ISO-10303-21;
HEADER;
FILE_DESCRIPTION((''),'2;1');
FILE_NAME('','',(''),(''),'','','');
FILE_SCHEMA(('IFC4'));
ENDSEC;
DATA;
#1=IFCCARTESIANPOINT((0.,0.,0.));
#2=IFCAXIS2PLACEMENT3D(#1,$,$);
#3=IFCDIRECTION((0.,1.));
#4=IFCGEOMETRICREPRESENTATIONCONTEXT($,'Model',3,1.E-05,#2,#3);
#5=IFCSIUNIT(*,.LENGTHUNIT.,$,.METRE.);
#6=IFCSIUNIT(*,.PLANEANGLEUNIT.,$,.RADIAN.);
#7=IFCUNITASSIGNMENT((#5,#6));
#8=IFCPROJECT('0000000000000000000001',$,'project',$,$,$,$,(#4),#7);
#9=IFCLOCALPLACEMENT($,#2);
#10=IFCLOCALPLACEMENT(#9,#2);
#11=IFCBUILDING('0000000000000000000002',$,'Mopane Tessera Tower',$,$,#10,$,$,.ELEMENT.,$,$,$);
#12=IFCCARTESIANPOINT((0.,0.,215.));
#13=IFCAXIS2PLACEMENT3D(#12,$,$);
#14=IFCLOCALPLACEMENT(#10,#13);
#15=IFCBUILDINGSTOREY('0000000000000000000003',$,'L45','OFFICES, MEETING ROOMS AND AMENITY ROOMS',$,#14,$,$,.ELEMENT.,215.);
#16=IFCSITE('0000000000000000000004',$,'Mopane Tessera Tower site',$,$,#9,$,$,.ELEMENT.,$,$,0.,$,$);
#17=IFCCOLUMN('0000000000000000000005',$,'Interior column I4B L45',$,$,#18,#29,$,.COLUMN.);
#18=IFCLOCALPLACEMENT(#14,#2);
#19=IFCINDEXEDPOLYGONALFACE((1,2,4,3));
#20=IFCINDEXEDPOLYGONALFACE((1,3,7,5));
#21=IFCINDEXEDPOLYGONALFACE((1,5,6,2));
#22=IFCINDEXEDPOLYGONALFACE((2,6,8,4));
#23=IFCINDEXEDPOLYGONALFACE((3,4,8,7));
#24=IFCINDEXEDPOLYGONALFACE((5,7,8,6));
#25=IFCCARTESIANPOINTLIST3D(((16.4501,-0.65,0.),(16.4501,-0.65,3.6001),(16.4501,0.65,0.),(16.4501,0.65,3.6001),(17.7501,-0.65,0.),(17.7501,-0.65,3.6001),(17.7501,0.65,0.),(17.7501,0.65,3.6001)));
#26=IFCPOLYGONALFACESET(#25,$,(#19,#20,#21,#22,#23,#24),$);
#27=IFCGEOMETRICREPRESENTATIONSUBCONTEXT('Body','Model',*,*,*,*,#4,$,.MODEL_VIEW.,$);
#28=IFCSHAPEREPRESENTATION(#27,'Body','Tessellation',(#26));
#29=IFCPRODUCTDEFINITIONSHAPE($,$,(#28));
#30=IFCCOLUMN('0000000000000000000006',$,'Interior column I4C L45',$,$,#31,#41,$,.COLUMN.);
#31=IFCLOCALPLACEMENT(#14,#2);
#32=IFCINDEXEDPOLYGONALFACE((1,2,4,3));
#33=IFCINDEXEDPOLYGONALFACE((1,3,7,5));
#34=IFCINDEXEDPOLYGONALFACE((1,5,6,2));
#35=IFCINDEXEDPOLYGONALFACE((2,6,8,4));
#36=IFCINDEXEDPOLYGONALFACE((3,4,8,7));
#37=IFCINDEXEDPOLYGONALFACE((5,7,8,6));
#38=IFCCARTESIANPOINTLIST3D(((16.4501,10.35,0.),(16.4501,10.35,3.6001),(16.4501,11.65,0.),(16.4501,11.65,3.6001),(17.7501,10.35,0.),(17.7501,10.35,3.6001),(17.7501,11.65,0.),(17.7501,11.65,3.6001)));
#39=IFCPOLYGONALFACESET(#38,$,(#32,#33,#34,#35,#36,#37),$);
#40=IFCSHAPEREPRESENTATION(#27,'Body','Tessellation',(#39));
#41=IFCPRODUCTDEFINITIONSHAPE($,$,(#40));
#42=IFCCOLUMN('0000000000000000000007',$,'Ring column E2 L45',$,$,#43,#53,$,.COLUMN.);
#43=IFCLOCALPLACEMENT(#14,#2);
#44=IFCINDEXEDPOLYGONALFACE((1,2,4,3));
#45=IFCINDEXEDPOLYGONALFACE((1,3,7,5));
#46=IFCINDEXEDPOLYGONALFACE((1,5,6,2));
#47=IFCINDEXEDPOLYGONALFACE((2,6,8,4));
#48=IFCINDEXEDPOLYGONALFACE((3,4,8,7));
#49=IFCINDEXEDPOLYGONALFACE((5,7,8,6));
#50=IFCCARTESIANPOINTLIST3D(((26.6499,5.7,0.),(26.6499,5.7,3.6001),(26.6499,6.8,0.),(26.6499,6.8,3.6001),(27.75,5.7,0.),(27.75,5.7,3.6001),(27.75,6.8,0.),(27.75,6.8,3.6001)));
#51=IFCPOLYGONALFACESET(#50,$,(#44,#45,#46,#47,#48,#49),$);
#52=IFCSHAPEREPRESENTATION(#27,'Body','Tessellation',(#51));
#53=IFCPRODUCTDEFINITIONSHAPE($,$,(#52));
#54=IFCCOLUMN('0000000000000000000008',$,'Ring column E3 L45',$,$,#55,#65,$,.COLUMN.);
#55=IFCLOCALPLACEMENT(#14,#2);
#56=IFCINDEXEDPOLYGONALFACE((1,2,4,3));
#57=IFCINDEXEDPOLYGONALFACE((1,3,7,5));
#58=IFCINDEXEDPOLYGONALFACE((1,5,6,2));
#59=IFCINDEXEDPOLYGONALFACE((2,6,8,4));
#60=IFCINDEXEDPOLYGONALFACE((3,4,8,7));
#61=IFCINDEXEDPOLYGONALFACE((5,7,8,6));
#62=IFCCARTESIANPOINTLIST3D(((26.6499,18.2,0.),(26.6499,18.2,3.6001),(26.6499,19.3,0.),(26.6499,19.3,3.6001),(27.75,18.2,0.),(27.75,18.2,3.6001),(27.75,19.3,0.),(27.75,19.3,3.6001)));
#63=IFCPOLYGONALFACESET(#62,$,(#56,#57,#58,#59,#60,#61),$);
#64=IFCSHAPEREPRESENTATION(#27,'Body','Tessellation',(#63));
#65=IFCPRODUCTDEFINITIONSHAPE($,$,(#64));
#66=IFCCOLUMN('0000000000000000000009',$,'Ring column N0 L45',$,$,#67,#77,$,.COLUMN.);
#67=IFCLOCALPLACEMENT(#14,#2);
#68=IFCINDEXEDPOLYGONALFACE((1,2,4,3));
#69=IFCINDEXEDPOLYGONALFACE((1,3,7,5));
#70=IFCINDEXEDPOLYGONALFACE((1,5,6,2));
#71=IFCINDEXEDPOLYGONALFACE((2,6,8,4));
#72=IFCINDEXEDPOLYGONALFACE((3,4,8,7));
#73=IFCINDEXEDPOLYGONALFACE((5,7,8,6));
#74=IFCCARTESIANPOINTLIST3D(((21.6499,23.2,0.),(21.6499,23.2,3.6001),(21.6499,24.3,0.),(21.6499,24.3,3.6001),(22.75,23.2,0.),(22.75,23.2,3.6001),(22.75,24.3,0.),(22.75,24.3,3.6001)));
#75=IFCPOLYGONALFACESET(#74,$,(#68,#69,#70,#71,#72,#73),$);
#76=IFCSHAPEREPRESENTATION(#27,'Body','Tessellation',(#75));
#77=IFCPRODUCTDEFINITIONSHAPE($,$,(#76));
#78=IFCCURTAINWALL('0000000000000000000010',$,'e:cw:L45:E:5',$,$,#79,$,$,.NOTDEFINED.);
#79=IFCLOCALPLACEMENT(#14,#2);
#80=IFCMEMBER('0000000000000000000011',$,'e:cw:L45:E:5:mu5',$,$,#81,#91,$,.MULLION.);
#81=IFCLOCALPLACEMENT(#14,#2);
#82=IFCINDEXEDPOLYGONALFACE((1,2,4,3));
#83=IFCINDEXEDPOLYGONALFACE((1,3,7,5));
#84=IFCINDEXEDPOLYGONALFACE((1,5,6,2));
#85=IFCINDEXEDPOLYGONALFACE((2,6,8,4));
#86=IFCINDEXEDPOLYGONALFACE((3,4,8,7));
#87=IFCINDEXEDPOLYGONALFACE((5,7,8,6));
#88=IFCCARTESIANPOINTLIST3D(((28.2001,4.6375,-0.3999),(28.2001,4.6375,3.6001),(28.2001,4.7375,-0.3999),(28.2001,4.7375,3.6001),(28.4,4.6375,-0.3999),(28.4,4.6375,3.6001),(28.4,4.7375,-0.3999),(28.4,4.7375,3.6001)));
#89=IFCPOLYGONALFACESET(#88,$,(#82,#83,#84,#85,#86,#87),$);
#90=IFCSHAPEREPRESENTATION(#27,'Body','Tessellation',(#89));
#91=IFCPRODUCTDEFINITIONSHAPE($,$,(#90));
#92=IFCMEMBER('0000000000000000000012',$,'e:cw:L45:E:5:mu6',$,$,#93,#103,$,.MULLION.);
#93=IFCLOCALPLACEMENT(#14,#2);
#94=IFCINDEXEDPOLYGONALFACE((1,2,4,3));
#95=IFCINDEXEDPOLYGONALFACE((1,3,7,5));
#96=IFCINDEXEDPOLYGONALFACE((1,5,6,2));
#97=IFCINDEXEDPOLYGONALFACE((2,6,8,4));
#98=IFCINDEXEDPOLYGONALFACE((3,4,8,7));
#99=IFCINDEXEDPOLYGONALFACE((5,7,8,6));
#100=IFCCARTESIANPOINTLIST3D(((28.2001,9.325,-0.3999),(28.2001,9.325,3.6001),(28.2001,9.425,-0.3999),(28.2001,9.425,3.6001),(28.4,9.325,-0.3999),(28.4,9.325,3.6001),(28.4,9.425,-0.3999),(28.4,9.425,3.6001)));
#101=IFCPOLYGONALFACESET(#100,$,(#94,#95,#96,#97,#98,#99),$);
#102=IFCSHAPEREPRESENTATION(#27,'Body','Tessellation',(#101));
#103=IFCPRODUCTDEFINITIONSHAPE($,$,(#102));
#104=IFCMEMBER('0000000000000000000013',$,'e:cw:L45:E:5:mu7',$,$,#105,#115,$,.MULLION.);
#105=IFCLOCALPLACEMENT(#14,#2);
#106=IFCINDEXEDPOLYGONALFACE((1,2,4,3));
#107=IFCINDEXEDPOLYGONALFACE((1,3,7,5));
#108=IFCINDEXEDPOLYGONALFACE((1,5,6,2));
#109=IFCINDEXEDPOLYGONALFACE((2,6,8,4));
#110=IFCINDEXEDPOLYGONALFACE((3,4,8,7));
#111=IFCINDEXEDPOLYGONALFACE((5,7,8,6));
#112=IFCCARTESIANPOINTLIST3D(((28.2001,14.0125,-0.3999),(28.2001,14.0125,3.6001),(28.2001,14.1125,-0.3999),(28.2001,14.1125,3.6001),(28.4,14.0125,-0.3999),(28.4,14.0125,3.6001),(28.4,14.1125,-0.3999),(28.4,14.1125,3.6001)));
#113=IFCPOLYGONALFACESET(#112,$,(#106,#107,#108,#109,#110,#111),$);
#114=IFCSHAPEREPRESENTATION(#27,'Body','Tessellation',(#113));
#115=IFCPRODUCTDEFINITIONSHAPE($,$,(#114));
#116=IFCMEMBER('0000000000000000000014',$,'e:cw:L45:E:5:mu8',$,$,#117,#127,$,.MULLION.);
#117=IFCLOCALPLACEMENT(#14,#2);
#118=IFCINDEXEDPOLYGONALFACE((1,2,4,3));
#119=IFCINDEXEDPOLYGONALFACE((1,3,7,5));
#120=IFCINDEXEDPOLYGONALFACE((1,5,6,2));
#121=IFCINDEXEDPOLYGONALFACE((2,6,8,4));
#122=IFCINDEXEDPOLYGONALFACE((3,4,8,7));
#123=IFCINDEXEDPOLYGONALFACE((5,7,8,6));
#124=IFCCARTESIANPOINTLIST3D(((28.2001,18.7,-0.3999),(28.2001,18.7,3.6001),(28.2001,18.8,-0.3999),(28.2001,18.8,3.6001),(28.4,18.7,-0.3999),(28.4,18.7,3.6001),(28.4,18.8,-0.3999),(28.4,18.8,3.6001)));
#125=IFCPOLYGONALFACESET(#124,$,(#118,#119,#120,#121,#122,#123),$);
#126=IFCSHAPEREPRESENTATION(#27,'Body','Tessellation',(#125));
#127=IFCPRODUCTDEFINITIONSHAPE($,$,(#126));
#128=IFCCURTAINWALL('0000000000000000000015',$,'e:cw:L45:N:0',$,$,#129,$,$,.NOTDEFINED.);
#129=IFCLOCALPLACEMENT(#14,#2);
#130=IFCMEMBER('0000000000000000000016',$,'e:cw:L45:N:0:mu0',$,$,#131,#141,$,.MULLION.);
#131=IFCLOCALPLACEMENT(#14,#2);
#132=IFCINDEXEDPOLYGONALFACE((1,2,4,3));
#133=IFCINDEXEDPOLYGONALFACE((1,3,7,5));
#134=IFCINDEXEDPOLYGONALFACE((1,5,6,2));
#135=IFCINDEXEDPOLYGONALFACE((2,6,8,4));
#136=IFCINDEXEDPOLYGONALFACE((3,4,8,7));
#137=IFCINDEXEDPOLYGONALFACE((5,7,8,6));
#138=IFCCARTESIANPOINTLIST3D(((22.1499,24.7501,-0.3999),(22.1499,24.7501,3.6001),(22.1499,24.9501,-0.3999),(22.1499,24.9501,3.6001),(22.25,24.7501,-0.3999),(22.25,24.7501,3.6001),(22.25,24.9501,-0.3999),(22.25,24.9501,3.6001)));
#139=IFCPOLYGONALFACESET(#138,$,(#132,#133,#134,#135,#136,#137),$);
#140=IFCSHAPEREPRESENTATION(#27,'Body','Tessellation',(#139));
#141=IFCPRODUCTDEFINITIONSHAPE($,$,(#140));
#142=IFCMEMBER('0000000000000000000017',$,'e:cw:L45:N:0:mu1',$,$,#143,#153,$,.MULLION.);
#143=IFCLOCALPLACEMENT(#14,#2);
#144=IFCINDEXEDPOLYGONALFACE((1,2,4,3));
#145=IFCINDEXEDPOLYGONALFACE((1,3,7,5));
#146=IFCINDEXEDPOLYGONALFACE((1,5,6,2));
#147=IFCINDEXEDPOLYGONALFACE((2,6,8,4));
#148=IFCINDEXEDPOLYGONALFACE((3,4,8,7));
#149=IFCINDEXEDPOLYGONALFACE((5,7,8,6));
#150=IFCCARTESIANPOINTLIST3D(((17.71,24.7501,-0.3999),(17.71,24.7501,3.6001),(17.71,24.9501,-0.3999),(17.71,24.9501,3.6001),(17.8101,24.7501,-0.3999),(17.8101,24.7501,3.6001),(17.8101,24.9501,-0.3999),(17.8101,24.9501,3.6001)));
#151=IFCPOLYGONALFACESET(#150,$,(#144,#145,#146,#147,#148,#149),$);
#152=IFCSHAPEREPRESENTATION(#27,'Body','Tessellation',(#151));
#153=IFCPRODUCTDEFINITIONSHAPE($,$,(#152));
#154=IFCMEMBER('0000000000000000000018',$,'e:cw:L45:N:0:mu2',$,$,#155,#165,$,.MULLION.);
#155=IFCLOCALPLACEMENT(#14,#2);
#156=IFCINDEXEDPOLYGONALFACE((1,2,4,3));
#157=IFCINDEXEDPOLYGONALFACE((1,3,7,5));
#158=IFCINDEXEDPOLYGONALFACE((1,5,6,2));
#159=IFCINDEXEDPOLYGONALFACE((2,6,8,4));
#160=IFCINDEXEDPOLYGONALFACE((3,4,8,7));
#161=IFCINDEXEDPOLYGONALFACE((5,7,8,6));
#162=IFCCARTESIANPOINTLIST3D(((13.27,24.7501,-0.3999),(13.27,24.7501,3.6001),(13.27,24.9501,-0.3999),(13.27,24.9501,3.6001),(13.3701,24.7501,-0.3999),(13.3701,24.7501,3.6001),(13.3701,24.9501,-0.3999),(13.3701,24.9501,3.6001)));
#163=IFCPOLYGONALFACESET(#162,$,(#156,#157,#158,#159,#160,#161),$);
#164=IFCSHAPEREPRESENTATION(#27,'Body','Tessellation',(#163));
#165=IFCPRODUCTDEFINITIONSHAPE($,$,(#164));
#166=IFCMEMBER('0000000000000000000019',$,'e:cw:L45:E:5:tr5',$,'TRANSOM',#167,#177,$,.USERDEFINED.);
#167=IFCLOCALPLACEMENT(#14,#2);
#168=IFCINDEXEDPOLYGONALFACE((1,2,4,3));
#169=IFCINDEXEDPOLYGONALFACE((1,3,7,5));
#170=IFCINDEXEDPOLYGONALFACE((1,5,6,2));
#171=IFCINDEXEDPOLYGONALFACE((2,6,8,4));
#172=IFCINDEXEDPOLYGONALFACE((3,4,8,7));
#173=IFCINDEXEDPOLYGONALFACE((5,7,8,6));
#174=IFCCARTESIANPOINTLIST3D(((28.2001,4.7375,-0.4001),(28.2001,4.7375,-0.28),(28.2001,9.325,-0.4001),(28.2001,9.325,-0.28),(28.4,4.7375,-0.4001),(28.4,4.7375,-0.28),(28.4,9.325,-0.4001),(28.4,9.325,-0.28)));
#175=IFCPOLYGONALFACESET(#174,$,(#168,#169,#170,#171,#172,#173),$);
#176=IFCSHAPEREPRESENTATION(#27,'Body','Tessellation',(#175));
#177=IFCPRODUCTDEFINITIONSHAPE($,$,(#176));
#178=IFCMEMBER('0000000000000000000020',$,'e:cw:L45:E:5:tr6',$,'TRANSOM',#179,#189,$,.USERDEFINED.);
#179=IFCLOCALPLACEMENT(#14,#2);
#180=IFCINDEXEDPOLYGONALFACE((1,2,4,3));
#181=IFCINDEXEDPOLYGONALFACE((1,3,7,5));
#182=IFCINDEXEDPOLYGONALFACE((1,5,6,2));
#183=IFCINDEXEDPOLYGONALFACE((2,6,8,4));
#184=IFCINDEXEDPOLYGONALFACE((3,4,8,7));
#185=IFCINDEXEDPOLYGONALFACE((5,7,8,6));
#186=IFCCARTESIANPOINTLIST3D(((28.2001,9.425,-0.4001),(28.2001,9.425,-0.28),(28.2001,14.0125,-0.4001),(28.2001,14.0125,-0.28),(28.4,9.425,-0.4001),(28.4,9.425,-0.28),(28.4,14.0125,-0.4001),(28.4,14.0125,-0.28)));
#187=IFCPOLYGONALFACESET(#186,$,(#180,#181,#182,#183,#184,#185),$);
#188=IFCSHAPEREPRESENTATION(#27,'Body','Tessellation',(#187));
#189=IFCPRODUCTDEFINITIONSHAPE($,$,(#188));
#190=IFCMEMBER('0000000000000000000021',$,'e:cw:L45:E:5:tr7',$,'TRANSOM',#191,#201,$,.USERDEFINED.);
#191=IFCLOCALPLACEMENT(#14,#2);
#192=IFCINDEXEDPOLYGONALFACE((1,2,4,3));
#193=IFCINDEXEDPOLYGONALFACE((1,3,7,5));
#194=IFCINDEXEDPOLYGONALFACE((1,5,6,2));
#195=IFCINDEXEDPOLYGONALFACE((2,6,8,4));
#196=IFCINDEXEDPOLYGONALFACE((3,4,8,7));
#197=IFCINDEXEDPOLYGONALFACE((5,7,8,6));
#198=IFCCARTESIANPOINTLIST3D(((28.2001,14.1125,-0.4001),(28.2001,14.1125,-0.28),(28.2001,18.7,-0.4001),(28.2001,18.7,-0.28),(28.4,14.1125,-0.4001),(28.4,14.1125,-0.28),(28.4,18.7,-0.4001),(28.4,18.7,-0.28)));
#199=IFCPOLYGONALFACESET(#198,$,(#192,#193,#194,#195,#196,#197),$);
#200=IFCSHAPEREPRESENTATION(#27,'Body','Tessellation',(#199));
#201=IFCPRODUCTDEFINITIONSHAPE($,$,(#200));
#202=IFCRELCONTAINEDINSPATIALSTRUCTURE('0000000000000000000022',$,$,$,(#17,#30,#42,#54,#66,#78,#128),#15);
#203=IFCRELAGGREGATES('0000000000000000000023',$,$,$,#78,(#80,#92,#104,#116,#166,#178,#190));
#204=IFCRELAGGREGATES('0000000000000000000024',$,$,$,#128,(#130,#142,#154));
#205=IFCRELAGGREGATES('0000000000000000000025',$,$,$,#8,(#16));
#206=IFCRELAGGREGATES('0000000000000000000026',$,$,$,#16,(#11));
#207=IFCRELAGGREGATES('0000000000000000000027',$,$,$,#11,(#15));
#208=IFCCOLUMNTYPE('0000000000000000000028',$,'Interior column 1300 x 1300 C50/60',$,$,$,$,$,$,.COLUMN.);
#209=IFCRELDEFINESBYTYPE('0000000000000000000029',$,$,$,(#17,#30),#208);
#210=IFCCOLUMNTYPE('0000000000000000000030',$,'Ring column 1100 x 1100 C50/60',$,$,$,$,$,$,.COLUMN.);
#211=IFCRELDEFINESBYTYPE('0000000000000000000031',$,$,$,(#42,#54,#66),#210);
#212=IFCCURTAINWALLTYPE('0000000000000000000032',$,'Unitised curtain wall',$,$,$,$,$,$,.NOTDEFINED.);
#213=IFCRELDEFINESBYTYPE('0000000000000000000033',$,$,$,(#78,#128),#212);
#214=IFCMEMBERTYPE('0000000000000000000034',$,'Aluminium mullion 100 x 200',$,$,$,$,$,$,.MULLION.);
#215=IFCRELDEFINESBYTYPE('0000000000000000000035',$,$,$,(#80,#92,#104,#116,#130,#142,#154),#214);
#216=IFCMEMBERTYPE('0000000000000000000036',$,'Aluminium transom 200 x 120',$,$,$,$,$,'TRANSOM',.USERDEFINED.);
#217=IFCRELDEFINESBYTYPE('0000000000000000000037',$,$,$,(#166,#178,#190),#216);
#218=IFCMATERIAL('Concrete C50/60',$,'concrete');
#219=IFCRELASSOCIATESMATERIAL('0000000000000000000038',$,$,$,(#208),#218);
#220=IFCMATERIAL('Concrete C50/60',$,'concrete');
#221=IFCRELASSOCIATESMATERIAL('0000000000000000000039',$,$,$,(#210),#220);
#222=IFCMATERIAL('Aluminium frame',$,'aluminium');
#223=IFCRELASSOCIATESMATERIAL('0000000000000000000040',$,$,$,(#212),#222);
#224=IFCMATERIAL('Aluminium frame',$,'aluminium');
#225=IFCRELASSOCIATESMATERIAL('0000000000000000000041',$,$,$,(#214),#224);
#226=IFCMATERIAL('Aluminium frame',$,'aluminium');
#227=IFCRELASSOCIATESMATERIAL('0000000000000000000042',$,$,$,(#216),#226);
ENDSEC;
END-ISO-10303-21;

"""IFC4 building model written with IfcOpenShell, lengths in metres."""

from ifc_helpers import new_model, si_unit, direction, frame, origin, origin_2d, place, context, subcontext, project, spatial, rectangle, extrude, material, material_profile, profile_set, type_object, element, aggregate, save


model = new_model("IFC4")

# Units and contexts
model_context = context("Model", 3, precision=1e-05, world=origin(), true_north=direction((0.0, 1.0)))
body_context = subcontext(model_context, "Body", "Model", "MODEL_VIEW")
ifc_project = project(units=[si_unit("LENGTHUNIT", "METRE"), si_unit("PLANEANGLEUNIT", "RADIAN")], contexts=[model_context])

# Site, building, storey
site_placement = place(None, origin())
site = spatial("IfcSite", under=ifc_project, at=site_placement, Name="Mopane Tessera Tower site", CompositionType="ELEMENT", RefElevation=0.0)
building_placement = place(site_placement, origin())
building = spatial("IfcBuilding", under=site, at=building_placement, Name="Mopane Tessera Tower", CompositionType="ELEMENT")
storey_placement = place(building_placement, frame((0.0, 0.0, 215.0)))
storey = spatial("IfcBuildingStorey", under=building, at=storey_placement, Name="L45", Description="OFFICES, MEETING ROOMS AND AMENITY ROOMS", CompositionType="ELEMENT", Elevation=215.0)

# Columns
ifc_material_1 = material(Name="Concrete C50/60", Category="concrete")
ifc_material_profile_1 = material_profile(ifc_material_1, rectangle(XDim=1.3, YDim=1.3, at=origin_2d()))
ifc_profile_set_1 = profile_set([ifc_material_profile_1], Name="Concrete C50/60")
column_type_1 = type_object("IfcColumnType", Name="Interior column 1300 x 1300 C50/60", PredefinedType="COLUMN", material=ifc_profile_set_1)
for number, where, z_axis, x_axis, name in (
    (1, (17.1001, 0.0, 0.0), (0.0, 0.0, 1.0), (1.0, 0.0, 0.0), "Interior column I4B L45"),
    (2, (17.1001, 11.0, 0.0), (0.0, 0.0, 1.0), (1.0, 0.0, 0.0), "Interior column I4C L45"),
):
    element("IfcColumn", number, at=place(storey_placement, frame(where, z_axis=z_axis, x_axis=x_axis)), inside=storey, type_object=column_type_1, Name=name, PredefinedType="COLUMN", context=body_context, shape_type="SweptSolid", body=[
        extrude(rectangle(XDim=1.3, YDim=1.3, at=origin_2d()), origin(), (0.0, 0.0, 1.0), 3.6001),
    ])
ifc_material_2 = material(Name="Concrete C50/60", Category="concrete")
ifc_material_profile_2 = material_profile(ifc_material_2, rectangle(XDim=1.1001, YDim=1.1001, at=origin_2d()))
ifc_profile_set_2 = profile_set([ifc_material_profile_2], Name="Concrete C50/60")
column_type_2 = type_object("IfcColumnType", Name="Ring column 1100 x 1100 C50/60", PredefinedType="COLUMN", material=ifc_profile_set_2)
for number, where, z_axis, x_axis, name in (
    (3, (27.2, 6.25, 0.0), (0.0, 0.0, 1.0), (1.0, 0.0, 0.0), "Ring column E2 L45"),
    (4, (27.2, 18.75, 0.0), (0.0, 0.0, 1.0), (1.0, 0.0, 0.0), "Ring column E3 L45"),
    (5, (22.2, 23.75, 0.0), (0.0, 0.0, 1.0), (1.0, 0.0, 0.0), "Ring column N0 L45"),
):
    element("IfcColumn", number, at=place(storey_placement, frame(where, z_axis=z_axis, x_axis=x_axis)), inside=storey, type_object=column_type_2, Name=name, PredefinedType="COLUMN", context=body_context, shape_type="SweptSolid", body=[
        extrude(rectangle(XDim=1.1001, YDim=1.1001, at=origin_2d()), origin(), (0.0, 0.0, 1.0), 3.6001),
    ])

# Curtain walls, members
ifc_material_3 = material(Name="Aluminium frame", Category="aluminium")
curtain_wall_type = type_object("IfcCurtainWallType", Name="Unitised curtain wall", PredefinedType="NOTDEFINED", material=ifc_material_3)
curtain_wall_1_placement = place(storey_placement, origin())
curtain_wall_1 = element("IfcCurtainWall", 6, at=curtain_wall_1_placement, inside=storey, type_object=curtain_wall_type, Name="e:cw:L45:E:5", PredefinedType="NOTDEFINED")
ifc_material_4 = material(Name="Aluminium frame", Category="aluminium")
ifc_material_profile_3 = material_profile(ifc_material_4, rectangle(XDim=0.1001, YDim=0.2, at=origin_2d()))
ifc_profile_set_3 = profile_set([ifc_material_profile_3], Name="Aluminium frame")
member_type_1 = type_object("IfcMemberType", Name="Aluminium mullion 100 x 200", PredefinedType="MULLION", material=ifc_profile_set_3)
member_1_placement = place(storey_placement, frame((28.3, 4.6875, -0.3999), z_axis=(0.0, 0.0, 1.0), x_axis=(0.0, 1.0, 0.0)))
member_1 = element("IfcMember", 7, at=member_1_placement, type_object=member_type_1, Name="e:cw:L45:E:5:mu5", PredefinedType="MULLION", context=body_context, shape_type="SweptSolid", body=[
    extrude(rectangle(XDim=0.1001, YDim=0.2, at=origin_2d()), origin(), (0.0, 0.0, 1.0), 4.0),
])
member_2_placement = place(storey_placement, frame((28.3, 9.375, -0.3999), z_axis=(0.0, 0.0, 1.0), x_axis=(0.0, 1.0, 0.0)))
member_2 = element("IfcMember", 8, at=member_2_placement, type_object=member_type_1, Name="e:cw:L45:E:5:mu6", PredefinedType="MULLION", context=body_context, shape_type="SweptSolid", body=[
    extrude(rectangle(XDim=0.1001, YDim=0.2, at=origin_2d()), origin(), (0.0, 0.0, 1.0), 4.0),
])
member_3_placement = place(storey_placement, frame((28.3, 14.0625, -0.3999), z_axis=(0.0, 0.0, 1.0), x_axis=(0.0, 1.0, 0.0)))
member_3 = element("IfcMember", 9, at=member_3_placement, type_object=member_type_1, Name="e:cw:L45:E:5:mu7", PredefinedType="MULLION", context=body_context, shape_type="SweptSolid", body=[
    extrude(rectangle(XDim=0.1001, YDim=0.2, at=origin_2d()), origin(), (0.0, 0.0, 1.0), 4.0),
])
member_4_placement = place(storey_placement, frame((28.3, 18.75, -0.3999), z_axis=(0.0, 0.0, 1.0), x_axis=(0.0, 1.0, 0.0)))
member_4 = element("IfcMember", 10, at=member_4_placement, type_object=member_type_1, Name="e:cw:L45:E:5:mu8", PredefinedType="MULLION", context=body_context, shape_type="SweptSolid", body=[
    extrude(rectangle(XDim=0.1001, YDim=0.2, at=origin_2d()), origin(), (0.0, 0.0, 1.0), 4.0),
])
curtain_wall_2_placement = place(storey_placement, origin())
curtain_wall_2 = element("IfcCurtainWall", 11, at=curtain_wall_2_placement, inside=storey, type_object=curtain_wall_type, Name="e:cw:L45:N:0", PredefinedType="NOTDEFINED")
member_5_placement = place(storey_placement, frame((22.2, 24.8501, -0.3999), z_axis=(0.0, 0.0, 1.0), x_axis=(-1.0, 0.0, 0.0)))
member_5 = element("IfcMember", 12, at=member_5_placement, type_object=member_type_1, Name="e:cw:L45:N:0:mu0", PredefinedType="MULLION", context=body_context, shape_type="SweptSolid", body=[
    extrude(rectangle(XDim=0.1001, YDim=0.2, at=origin_2d()), origin(), (0.0, 0.0, 1.0), 4.0),
])
member_6_placement = place(storey_placement, frame((17.76, 24.8501, -0.3999), z_axis=(0.0, 0.0, 1.0), x_axis=(-1.0, 0.0, 0.0)))
member_6 = element("IfcMember", 13, at=member_6_placement, type_object=member_type_1, Name="e:cw:L45:N:0:mu1", PredefinedType="MULLION", context=body_context, shape_type="SweptSolid", body=[
    extrude(rectangle(XDim=0.1001, YDim=0.2, at=origin_2d()), origin(), (0.0, 0.0, 1.0), 4.0),
])
member_7_placement = place(storey_placement, frame((13.3201, 24.8501, -0.3999), z_axis=(0.0, 0.0, 1.0), x_axis=(-1.0, 0.0, 0.0)))
member_7 = element("IfcMember", 14, at=member_7_placement, type_object=member_type_1, Name="e:cw:L45:N:0:mu2", PredefinedType="MULLION", context=body_context, shape_type="SweptSolid", body=[
    extrude(rectangle(XDim=0.1001, YDim=0.2, at=origin_2d()), origin(), (0.0, 0.0, 1.0), 4.0),
])

# Members
ifc_material_5 = material(Name="Aluminium frame", Category="aluminium")
ifc_material_profile_4 = material_profile(ifc_material_5, rectangle(XDim=0.2, YDim=0.1201, at=origin_2d()))
ifc_profile_set_4 = profile_set([ifc_material_profile_4], Name="Aluminium frame")
member_type_2 = type_object("IfcMemberType", Name="Aluminium transom 200 x 120", ElementType="TRANSOM", PredefinedType="USERDEFINED", material=ifc_profile_set_4)
member_8_placement = place(storey_placement, frame((28.3, 4.7375, -0.3401), z_axis=(0.0, 1.0, 0.0), x_axis=(-1.0, 0.0, 0.0)))
member_8 = element("IfcMember", 15, at=member_8_placement, type_object=member_type_2, Name="e:cw:L45:E:5:tr5", ObjectType="TRANSOM", PredefinedType="USERDEFINED", context=body_context, shape_type="SweptSolid", body=[
    extrude(rectangle(XDim=0.2, YDim=0.1201, at=origin_2d()), origin(), (0.0, 0.0, 1.0), 4.5874),
])
member_9_placement = place(storey_placement, frame((28.3, 9.425, -0.3401), z_axis=(0.0, 1.0, 0.0), x_axis=(-1.0, 0.0, 0.0)))
member_9 = element("IfcMember", 16, at=member_9_placement, type_object=member_type_2, Name="e:cw:L45:E:5:tr6", ObjectType="TRANSOM", PredefinedType="USERDEFINED", context=body_context, shape_type="SweptSolid", body=[
    extrude(rectangle(XDim=0.2, YDim=0.1201, at=origin_2d()), origin(), (0.0, 0.0, 1.0), 4.5874),
])
member_10_placement = place(storey_placement, frame((28.3, 14.1125, -0.3401), z_axis=(0.0, 1.0, 0.0), x_axis=(-1.0, 0.0, 0.0)))
member_10 = element("IfcMember", 17, at=member_10_placement, type_object=member_type_2, Name="e:cw:L45:E:5:tr7", ObjectType="TRANSOM", PredefinedType="USERDEFINED", context=body_context, shape_type="SweptSolid", body=[
    extrude(rectangle(XDim=0.2, YDim=0.1201, at=origin_2d()), origin(), (0.0, 0.0, 1.0), 4.5874),
])

aggregate(curtain_wall_1, [member_1, member_2, member_3, member_4, member_8, member_9, member_10])
aggregate(curtain_wall_2, [member_5, member_6, member_7])

save(model, "model.ifc")
